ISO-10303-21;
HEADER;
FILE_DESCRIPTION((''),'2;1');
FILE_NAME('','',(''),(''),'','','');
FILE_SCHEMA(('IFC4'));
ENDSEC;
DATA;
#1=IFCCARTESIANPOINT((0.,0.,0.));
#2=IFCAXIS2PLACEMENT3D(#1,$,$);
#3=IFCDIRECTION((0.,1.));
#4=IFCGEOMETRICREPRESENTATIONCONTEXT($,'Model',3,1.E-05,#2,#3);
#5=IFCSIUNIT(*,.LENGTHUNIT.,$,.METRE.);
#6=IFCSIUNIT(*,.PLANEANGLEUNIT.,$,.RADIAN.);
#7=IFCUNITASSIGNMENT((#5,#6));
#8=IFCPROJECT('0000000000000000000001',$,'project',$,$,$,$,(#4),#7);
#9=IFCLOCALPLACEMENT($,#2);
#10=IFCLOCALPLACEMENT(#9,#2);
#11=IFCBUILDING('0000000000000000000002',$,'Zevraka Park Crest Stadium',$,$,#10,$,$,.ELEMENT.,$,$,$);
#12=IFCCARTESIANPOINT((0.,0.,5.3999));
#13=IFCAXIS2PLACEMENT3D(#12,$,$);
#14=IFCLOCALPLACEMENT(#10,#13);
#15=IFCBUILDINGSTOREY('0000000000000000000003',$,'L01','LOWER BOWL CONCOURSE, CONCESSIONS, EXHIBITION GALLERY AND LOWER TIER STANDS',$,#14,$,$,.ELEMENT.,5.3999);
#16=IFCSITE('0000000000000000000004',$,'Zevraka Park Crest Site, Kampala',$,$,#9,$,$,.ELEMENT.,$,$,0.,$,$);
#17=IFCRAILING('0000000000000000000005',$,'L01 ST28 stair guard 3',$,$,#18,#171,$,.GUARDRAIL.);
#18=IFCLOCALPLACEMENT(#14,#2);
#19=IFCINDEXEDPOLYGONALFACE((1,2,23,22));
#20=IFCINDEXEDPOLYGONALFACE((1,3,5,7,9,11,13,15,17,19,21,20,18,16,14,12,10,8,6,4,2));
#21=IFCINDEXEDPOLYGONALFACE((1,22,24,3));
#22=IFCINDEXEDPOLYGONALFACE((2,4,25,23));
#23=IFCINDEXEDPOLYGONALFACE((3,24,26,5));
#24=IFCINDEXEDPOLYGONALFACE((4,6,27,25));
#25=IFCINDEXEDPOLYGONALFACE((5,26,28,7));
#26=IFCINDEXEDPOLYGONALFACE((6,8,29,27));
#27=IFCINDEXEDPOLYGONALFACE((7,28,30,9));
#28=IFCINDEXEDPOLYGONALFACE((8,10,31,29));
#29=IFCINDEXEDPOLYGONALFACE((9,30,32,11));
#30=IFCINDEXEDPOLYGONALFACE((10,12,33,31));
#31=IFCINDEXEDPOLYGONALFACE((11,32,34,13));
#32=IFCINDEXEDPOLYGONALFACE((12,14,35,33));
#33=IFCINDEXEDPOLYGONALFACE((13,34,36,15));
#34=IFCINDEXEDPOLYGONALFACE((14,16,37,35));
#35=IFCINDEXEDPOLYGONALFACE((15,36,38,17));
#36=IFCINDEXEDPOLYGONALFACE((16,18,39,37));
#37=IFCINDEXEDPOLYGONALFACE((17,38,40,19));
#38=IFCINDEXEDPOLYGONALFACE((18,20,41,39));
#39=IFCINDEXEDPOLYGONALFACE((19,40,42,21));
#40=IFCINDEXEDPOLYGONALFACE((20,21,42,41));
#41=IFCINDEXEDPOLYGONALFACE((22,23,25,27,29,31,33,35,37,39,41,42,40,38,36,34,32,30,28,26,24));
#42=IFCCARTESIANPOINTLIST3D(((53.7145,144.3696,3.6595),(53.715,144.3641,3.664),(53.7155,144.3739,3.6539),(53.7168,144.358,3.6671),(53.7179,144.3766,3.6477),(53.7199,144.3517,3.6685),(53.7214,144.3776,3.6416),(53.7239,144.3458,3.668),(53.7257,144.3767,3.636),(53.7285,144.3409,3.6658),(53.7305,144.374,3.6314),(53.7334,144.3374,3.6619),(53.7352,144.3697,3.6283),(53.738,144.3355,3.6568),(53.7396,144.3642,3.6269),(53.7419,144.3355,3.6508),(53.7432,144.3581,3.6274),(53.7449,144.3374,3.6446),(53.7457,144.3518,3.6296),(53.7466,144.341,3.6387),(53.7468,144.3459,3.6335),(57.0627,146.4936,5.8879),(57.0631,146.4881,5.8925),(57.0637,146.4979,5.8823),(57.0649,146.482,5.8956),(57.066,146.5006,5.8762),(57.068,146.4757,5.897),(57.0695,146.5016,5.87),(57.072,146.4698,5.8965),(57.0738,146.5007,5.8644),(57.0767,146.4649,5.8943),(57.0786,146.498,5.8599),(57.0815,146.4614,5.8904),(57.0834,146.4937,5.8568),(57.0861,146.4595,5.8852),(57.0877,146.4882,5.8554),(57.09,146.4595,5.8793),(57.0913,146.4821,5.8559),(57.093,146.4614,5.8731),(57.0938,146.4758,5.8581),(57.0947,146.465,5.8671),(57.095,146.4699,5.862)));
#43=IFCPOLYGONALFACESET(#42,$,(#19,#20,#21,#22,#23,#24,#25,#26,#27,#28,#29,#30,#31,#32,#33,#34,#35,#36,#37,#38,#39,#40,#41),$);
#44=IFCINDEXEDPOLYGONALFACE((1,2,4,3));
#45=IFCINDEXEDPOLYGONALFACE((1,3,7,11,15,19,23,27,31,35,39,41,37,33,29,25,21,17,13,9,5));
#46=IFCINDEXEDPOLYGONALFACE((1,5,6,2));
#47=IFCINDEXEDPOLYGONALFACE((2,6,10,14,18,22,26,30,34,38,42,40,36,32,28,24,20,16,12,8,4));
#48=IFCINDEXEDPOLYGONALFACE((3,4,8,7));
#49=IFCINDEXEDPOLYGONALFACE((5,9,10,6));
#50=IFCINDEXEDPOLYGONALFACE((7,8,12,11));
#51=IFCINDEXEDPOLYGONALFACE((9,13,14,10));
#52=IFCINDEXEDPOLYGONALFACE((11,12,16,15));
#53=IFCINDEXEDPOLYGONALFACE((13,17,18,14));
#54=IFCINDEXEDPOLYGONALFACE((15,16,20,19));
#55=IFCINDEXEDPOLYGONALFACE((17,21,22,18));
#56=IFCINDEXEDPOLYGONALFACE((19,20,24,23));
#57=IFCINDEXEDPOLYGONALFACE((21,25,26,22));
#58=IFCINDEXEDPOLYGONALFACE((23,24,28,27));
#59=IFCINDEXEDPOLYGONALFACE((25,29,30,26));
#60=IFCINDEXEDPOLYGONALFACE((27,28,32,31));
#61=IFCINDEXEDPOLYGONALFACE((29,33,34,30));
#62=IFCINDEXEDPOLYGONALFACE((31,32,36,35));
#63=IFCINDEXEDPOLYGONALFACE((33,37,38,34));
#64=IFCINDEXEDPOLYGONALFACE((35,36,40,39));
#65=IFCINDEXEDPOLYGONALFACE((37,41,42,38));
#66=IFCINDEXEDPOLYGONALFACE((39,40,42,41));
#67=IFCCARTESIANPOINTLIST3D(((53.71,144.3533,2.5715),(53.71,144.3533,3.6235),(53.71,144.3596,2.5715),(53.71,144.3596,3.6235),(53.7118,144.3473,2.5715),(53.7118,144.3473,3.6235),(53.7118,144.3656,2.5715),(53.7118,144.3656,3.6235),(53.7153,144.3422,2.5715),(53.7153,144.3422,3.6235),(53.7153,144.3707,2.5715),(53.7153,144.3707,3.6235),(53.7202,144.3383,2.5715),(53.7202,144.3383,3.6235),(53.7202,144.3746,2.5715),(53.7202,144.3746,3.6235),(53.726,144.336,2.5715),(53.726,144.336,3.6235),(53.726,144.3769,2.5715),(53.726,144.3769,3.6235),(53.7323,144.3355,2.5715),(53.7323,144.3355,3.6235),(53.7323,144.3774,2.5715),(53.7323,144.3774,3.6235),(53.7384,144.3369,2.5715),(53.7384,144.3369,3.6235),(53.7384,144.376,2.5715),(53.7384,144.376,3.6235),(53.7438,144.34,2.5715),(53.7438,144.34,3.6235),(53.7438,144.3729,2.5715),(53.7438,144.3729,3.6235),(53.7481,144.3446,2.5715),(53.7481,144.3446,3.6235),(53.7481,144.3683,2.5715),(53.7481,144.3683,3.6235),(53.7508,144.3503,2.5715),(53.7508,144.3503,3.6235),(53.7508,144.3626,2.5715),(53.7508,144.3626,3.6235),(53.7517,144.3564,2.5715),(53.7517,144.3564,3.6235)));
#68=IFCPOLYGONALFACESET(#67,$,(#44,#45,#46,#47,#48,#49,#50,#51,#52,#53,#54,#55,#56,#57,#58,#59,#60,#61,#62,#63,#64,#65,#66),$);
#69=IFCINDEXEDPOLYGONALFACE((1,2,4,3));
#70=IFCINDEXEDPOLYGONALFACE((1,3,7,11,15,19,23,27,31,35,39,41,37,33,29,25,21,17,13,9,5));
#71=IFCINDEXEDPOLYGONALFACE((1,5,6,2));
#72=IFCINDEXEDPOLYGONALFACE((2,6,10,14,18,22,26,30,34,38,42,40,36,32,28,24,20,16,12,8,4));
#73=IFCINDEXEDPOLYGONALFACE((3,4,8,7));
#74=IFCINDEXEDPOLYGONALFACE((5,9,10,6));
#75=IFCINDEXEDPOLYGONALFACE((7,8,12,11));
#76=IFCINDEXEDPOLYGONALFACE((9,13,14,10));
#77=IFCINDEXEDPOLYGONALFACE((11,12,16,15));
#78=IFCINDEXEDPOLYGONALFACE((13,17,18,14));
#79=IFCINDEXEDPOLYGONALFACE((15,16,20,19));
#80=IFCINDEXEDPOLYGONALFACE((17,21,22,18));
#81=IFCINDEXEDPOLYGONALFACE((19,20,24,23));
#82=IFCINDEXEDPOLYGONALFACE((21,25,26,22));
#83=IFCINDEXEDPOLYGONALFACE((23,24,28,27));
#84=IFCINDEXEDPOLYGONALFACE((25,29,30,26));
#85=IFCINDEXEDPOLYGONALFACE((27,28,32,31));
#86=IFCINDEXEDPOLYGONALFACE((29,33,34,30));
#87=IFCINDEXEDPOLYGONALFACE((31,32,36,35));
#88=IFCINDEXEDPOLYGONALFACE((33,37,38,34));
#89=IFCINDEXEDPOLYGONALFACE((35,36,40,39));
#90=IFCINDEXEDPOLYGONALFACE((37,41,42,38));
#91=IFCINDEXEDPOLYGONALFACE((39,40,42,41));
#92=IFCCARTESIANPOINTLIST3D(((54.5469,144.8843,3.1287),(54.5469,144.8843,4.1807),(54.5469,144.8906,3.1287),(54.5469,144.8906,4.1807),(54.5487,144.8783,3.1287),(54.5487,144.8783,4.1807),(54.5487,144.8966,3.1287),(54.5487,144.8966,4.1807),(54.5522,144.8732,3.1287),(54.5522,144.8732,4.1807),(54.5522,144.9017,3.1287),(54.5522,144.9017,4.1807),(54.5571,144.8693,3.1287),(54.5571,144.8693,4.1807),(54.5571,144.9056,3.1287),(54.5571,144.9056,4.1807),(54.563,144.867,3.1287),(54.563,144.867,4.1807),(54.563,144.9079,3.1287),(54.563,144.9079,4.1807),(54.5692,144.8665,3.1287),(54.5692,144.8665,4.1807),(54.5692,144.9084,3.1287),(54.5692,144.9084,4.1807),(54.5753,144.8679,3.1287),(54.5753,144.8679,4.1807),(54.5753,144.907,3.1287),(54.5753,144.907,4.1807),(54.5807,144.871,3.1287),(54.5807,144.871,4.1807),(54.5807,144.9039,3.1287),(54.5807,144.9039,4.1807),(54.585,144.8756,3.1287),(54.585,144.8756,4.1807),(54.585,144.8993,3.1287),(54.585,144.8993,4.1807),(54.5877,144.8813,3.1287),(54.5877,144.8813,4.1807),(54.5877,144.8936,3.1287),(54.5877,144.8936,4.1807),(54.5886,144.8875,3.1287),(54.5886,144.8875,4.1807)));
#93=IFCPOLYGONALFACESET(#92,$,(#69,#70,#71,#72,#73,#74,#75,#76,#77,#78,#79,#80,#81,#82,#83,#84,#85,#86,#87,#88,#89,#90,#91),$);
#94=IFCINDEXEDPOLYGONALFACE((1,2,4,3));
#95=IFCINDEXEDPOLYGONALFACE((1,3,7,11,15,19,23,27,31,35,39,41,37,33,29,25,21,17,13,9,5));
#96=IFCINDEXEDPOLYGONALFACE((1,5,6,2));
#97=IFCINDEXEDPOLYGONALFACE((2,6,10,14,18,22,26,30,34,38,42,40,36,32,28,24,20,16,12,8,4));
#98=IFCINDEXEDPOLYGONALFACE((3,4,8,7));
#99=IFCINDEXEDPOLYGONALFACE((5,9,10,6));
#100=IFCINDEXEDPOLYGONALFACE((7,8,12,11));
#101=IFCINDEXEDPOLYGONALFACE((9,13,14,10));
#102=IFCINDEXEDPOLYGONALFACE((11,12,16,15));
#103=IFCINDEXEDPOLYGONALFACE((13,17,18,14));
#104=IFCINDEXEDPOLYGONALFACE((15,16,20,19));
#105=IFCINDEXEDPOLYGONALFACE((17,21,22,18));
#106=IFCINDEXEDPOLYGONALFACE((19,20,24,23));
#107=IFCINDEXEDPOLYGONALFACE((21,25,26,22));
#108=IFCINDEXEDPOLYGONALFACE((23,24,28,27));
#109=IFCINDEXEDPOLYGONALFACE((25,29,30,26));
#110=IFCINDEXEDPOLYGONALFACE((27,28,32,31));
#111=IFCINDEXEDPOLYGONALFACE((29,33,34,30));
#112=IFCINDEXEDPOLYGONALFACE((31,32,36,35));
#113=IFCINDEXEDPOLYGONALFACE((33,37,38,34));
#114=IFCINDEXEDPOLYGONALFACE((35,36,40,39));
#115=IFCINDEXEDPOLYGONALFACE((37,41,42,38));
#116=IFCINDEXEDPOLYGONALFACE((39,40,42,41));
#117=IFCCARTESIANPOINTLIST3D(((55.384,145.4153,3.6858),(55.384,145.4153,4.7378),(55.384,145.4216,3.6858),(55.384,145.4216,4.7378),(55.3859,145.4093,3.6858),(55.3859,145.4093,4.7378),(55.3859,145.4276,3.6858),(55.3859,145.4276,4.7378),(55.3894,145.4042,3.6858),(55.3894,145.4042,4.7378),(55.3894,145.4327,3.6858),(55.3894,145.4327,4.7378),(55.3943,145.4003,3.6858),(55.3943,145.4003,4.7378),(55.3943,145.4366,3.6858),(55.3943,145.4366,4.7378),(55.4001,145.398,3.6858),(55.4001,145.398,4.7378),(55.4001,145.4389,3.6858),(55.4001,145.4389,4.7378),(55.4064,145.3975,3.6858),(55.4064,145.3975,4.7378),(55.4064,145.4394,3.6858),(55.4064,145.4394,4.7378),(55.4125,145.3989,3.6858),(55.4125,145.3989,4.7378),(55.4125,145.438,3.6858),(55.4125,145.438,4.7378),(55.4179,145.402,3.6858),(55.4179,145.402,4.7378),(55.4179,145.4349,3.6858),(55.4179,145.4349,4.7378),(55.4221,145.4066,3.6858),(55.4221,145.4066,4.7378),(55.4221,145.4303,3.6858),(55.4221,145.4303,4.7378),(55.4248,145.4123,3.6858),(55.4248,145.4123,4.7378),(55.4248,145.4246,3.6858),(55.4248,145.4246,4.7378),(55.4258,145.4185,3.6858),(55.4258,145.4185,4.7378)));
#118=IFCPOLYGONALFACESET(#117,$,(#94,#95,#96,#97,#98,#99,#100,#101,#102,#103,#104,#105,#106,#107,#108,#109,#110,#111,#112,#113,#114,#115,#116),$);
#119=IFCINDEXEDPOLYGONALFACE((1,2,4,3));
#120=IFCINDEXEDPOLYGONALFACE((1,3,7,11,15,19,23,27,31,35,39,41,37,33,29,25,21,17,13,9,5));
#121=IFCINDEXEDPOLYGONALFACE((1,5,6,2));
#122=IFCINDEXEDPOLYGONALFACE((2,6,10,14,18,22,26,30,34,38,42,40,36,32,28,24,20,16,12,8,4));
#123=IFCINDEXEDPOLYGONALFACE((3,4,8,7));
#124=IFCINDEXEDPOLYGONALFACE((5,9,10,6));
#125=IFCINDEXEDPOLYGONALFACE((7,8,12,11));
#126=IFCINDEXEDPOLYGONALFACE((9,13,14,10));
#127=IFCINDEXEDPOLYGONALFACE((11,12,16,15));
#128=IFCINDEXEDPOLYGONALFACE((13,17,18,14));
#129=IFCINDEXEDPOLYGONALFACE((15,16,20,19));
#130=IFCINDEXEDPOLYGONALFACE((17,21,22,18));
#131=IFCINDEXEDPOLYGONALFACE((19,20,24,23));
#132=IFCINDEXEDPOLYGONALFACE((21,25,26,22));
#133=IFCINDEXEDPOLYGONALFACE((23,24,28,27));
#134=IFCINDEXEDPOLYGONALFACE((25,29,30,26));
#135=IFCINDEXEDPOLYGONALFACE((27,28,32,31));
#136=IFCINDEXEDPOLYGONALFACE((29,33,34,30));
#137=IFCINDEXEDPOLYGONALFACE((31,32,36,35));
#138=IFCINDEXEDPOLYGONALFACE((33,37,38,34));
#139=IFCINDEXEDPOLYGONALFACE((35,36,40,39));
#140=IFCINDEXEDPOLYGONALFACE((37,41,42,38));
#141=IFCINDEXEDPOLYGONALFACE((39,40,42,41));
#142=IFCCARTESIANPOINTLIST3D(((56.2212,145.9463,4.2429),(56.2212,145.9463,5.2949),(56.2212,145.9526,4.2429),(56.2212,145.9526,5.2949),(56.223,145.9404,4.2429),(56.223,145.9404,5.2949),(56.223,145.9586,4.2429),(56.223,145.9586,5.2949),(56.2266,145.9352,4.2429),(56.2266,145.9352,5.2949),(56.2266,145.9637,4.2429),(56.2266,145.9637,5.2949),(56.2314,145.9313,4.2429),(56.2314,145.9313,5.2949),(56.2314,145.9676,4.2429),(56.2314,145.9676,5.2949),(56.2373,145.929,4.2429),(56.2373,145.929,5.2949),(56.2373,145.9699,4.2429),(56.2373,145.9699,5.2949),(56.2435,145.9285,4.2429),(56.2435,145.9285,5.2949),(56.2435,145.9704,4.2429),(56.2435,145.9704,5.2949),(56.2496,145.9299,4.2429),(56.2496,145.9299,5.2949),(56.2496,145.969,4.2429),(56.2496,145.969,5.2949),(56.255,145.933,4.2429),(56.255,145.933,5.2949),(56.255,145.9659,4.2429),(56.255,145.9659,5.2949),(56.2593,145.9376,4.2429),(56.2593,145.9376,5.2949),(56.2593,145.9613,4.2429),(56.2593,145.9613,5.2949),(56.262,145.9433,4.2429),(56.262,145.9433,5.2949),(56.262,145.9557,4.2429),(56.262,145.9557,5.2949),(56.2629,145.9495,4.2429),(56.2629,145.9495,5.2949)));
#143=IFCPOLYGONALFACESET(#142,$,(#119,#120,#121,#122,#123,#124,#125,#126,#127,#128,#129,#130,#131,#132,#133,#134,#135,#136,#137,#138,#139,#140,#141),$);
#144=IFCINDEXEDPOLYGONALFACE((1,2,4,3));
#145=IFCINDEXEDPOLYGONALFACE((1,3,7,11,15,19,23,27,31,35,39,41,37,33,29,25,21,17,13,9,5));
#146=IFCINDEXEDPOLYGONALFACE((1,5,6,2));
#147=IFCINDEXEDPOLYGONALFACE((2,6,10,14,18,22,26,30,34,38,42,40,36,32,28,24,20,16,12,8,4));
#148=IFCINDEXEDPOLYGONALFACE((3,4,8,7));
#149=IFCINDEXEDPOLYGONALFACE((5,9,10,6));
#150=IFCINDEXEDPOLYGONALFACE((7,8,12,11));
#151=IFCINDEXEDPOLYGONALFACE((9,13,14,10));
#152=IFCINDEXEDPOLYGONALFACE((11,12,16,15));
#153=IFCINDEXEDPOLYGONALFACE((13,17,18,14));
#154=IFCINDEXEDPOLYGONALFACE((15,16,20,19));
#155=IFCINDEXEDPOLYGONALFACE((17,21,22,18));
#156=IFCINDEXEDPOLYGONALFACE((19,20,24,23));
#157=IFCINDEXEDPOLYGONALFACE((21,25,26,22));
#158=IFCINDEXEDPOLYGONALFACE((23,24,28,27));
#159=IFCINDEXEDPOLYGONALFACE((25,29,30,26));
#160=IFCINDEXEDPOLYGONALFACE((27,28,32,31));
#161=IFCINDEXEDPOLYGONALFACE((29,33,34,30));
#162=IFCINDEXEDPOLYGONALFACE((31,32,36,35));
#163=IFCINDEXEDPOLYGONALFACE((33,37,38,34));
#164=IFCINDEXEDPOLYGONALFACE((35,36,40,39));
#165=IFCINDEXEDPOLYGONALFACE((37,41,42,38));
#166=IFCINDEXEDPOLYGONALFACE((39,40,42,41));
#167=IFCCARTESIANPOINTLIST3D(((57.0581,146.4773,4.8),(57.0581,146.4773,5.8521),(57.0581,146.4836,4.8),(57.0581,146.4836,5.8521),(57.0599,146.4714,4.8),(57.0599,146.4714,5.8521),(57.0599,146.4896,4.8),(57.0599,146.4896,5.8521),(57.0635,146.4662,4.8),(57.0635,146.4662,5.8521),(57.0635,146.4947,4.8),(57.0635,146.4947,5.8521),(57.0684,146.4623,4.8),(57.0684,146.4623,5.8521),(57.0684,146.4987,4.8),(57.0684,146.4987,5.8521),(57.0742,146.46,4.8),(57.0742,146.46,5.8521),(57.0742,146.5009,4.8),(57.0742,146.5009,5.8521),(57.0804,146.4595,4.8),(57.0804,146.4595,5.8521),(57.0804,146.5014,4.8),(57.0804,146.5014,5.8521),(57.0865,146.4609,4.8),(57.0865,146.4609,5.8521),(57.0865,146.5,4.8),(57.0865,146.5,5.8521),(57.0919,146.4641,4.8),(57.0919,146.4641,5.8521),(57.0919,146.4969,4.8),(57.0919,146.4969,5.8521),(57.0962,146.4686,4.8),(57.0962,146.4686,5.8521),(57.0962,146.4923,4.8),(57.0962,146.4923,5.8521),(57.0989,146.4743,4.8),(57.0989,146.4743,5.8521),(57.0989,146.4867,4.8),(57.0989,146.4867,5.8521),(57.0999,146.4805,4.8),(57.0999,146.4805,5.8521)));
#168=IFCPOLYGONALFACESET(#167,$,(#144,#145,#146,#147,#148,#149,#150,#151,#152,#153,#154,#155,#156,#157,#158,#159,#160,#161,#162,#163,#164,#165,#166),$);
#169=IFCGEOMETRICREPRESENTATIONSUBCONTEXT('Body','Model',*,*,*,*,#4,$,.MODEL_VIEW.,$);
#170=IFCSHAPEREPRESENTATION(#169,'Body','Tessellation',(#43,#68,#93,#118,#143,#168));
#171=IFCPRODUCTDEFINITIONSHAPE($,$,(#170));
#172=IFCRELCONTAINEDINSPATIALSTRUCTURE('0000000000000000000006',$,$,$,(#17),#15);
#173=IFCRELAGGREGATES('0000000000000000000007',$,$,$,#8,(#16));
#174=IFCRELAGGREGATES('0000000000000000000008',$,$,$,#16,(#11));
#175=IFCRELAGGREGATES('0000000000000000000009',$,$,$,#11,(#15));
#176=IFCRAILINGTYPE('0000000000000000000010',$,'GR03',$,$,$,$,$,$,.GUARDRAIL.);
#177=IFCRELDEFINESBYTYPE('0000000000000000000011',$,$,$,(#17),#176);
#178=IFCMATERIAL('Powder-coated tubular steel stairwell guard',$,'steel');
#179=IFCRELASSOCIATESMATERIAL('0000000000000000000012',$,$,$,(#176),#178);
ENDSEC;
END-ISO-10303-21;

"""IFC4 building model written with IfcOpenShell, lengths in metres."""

from ifc_helpers import new_model, si_unit, direction, frame, origin, origin_2d, place, context, subcontext, project, spatial, circle, extrude, material, type_object, element, save


model = new_model("IFC4")

# Units and contexts
model_context = context("Model", 3, precision=1e-05, world=origin(), true_north=direction((0.0, 1.0)))
body_context = subcontext(model_context, "Body", "Model", "MODEL_VIEW")
ifc_project = project(units=[si_unit("LENGTHUNIT", "METRE"), si_unit("PLANEANGLEUNIT", "RADIAN")], contexts=[model_context])

# Site, building, storey
site_placement = place(None, origin())
site = spatial("IfcSite", under=ifc_project, at=site_placement, Name="Zevraka Park Crest Site, Kampala", CompositionType="ELEMENT", RefElevation=0.0)
building_placement = place(site_placement, origin())
building = spatial("IfcBuilding", under=site, at=building_placement, Name="Zevraka Park Crest Stadium", CompositionType="ELEMENT")
storey_placement = place(building_placement, frame((0.0, 0.0, 5.3999)))
storey = spatial("IfcBuildingStorey", under=building, at=storey_placement, Name="L01", Description="LOWER BOWL CONCOURSE, CONCESSIONS, EXHIBITION GALLERY AND LOWER TIER STANDS", CompositionType="ELEMENT", Elevation=5.3999)

# Railing
ifc_material_1 = material(Name="Powder-coated tubular steel stairwell guard", Category="steel")
railing_type_1 = type_object("IfcRailingType", Name="GR03", PredefinedType="GUARDRAIL", material=ifc_material_1)
railing_1_placement = place(storey_placement, frame((53.7307, 144.3564, 2.5715)))
element("IfcRailing", 1, at=railing_1_placement, inside=storey, type_object=railing_type_1, Name="L01 ST28 stair guard 3", PredefinedType="GUARDRAIL", context=body_context, shape_type="SweptSolid", body=[
    extrude(circle(Radius=0.0239, at=origin_2d()), frame((0.0, 0.0, 1.0762), z_axis=(0.736117, 0.466984, 0.489957), x_axis=(-0.535688, 0.844416, 0.0)), (0.0, 0.0, 1.0), 4.5483),
    extrude(circle(Radius=0.021, at=origin_2d()), origin(), (0.0, 0.0, 1.0), 1.052),
    extrude(circle(Radius=0.021, at=origin_2d()), frame((0.8369, 0.531, 0.5571)), (0.0, 0.0, 1.0), 1.052),
    extrude(circle(Radius=0.021, at=origin_2d()), frame((1.6741, 1.062, 1.1143)), (0.0, 0.0, 1.0), 1.052),
    extrude(circle(Radius=0.021, at=origin_2d()), frame((2.5112, 1.593, 1.6714)), (0.0, 0.0, 1.0), 1.052),
    extrude(circle(Radius=0.021, at=origin_2d()), frame((3.3481, 2.124, 2.2285)), (0.0, 0.0, 1.0), 1.052),
])

save(model, "model.ifc")
